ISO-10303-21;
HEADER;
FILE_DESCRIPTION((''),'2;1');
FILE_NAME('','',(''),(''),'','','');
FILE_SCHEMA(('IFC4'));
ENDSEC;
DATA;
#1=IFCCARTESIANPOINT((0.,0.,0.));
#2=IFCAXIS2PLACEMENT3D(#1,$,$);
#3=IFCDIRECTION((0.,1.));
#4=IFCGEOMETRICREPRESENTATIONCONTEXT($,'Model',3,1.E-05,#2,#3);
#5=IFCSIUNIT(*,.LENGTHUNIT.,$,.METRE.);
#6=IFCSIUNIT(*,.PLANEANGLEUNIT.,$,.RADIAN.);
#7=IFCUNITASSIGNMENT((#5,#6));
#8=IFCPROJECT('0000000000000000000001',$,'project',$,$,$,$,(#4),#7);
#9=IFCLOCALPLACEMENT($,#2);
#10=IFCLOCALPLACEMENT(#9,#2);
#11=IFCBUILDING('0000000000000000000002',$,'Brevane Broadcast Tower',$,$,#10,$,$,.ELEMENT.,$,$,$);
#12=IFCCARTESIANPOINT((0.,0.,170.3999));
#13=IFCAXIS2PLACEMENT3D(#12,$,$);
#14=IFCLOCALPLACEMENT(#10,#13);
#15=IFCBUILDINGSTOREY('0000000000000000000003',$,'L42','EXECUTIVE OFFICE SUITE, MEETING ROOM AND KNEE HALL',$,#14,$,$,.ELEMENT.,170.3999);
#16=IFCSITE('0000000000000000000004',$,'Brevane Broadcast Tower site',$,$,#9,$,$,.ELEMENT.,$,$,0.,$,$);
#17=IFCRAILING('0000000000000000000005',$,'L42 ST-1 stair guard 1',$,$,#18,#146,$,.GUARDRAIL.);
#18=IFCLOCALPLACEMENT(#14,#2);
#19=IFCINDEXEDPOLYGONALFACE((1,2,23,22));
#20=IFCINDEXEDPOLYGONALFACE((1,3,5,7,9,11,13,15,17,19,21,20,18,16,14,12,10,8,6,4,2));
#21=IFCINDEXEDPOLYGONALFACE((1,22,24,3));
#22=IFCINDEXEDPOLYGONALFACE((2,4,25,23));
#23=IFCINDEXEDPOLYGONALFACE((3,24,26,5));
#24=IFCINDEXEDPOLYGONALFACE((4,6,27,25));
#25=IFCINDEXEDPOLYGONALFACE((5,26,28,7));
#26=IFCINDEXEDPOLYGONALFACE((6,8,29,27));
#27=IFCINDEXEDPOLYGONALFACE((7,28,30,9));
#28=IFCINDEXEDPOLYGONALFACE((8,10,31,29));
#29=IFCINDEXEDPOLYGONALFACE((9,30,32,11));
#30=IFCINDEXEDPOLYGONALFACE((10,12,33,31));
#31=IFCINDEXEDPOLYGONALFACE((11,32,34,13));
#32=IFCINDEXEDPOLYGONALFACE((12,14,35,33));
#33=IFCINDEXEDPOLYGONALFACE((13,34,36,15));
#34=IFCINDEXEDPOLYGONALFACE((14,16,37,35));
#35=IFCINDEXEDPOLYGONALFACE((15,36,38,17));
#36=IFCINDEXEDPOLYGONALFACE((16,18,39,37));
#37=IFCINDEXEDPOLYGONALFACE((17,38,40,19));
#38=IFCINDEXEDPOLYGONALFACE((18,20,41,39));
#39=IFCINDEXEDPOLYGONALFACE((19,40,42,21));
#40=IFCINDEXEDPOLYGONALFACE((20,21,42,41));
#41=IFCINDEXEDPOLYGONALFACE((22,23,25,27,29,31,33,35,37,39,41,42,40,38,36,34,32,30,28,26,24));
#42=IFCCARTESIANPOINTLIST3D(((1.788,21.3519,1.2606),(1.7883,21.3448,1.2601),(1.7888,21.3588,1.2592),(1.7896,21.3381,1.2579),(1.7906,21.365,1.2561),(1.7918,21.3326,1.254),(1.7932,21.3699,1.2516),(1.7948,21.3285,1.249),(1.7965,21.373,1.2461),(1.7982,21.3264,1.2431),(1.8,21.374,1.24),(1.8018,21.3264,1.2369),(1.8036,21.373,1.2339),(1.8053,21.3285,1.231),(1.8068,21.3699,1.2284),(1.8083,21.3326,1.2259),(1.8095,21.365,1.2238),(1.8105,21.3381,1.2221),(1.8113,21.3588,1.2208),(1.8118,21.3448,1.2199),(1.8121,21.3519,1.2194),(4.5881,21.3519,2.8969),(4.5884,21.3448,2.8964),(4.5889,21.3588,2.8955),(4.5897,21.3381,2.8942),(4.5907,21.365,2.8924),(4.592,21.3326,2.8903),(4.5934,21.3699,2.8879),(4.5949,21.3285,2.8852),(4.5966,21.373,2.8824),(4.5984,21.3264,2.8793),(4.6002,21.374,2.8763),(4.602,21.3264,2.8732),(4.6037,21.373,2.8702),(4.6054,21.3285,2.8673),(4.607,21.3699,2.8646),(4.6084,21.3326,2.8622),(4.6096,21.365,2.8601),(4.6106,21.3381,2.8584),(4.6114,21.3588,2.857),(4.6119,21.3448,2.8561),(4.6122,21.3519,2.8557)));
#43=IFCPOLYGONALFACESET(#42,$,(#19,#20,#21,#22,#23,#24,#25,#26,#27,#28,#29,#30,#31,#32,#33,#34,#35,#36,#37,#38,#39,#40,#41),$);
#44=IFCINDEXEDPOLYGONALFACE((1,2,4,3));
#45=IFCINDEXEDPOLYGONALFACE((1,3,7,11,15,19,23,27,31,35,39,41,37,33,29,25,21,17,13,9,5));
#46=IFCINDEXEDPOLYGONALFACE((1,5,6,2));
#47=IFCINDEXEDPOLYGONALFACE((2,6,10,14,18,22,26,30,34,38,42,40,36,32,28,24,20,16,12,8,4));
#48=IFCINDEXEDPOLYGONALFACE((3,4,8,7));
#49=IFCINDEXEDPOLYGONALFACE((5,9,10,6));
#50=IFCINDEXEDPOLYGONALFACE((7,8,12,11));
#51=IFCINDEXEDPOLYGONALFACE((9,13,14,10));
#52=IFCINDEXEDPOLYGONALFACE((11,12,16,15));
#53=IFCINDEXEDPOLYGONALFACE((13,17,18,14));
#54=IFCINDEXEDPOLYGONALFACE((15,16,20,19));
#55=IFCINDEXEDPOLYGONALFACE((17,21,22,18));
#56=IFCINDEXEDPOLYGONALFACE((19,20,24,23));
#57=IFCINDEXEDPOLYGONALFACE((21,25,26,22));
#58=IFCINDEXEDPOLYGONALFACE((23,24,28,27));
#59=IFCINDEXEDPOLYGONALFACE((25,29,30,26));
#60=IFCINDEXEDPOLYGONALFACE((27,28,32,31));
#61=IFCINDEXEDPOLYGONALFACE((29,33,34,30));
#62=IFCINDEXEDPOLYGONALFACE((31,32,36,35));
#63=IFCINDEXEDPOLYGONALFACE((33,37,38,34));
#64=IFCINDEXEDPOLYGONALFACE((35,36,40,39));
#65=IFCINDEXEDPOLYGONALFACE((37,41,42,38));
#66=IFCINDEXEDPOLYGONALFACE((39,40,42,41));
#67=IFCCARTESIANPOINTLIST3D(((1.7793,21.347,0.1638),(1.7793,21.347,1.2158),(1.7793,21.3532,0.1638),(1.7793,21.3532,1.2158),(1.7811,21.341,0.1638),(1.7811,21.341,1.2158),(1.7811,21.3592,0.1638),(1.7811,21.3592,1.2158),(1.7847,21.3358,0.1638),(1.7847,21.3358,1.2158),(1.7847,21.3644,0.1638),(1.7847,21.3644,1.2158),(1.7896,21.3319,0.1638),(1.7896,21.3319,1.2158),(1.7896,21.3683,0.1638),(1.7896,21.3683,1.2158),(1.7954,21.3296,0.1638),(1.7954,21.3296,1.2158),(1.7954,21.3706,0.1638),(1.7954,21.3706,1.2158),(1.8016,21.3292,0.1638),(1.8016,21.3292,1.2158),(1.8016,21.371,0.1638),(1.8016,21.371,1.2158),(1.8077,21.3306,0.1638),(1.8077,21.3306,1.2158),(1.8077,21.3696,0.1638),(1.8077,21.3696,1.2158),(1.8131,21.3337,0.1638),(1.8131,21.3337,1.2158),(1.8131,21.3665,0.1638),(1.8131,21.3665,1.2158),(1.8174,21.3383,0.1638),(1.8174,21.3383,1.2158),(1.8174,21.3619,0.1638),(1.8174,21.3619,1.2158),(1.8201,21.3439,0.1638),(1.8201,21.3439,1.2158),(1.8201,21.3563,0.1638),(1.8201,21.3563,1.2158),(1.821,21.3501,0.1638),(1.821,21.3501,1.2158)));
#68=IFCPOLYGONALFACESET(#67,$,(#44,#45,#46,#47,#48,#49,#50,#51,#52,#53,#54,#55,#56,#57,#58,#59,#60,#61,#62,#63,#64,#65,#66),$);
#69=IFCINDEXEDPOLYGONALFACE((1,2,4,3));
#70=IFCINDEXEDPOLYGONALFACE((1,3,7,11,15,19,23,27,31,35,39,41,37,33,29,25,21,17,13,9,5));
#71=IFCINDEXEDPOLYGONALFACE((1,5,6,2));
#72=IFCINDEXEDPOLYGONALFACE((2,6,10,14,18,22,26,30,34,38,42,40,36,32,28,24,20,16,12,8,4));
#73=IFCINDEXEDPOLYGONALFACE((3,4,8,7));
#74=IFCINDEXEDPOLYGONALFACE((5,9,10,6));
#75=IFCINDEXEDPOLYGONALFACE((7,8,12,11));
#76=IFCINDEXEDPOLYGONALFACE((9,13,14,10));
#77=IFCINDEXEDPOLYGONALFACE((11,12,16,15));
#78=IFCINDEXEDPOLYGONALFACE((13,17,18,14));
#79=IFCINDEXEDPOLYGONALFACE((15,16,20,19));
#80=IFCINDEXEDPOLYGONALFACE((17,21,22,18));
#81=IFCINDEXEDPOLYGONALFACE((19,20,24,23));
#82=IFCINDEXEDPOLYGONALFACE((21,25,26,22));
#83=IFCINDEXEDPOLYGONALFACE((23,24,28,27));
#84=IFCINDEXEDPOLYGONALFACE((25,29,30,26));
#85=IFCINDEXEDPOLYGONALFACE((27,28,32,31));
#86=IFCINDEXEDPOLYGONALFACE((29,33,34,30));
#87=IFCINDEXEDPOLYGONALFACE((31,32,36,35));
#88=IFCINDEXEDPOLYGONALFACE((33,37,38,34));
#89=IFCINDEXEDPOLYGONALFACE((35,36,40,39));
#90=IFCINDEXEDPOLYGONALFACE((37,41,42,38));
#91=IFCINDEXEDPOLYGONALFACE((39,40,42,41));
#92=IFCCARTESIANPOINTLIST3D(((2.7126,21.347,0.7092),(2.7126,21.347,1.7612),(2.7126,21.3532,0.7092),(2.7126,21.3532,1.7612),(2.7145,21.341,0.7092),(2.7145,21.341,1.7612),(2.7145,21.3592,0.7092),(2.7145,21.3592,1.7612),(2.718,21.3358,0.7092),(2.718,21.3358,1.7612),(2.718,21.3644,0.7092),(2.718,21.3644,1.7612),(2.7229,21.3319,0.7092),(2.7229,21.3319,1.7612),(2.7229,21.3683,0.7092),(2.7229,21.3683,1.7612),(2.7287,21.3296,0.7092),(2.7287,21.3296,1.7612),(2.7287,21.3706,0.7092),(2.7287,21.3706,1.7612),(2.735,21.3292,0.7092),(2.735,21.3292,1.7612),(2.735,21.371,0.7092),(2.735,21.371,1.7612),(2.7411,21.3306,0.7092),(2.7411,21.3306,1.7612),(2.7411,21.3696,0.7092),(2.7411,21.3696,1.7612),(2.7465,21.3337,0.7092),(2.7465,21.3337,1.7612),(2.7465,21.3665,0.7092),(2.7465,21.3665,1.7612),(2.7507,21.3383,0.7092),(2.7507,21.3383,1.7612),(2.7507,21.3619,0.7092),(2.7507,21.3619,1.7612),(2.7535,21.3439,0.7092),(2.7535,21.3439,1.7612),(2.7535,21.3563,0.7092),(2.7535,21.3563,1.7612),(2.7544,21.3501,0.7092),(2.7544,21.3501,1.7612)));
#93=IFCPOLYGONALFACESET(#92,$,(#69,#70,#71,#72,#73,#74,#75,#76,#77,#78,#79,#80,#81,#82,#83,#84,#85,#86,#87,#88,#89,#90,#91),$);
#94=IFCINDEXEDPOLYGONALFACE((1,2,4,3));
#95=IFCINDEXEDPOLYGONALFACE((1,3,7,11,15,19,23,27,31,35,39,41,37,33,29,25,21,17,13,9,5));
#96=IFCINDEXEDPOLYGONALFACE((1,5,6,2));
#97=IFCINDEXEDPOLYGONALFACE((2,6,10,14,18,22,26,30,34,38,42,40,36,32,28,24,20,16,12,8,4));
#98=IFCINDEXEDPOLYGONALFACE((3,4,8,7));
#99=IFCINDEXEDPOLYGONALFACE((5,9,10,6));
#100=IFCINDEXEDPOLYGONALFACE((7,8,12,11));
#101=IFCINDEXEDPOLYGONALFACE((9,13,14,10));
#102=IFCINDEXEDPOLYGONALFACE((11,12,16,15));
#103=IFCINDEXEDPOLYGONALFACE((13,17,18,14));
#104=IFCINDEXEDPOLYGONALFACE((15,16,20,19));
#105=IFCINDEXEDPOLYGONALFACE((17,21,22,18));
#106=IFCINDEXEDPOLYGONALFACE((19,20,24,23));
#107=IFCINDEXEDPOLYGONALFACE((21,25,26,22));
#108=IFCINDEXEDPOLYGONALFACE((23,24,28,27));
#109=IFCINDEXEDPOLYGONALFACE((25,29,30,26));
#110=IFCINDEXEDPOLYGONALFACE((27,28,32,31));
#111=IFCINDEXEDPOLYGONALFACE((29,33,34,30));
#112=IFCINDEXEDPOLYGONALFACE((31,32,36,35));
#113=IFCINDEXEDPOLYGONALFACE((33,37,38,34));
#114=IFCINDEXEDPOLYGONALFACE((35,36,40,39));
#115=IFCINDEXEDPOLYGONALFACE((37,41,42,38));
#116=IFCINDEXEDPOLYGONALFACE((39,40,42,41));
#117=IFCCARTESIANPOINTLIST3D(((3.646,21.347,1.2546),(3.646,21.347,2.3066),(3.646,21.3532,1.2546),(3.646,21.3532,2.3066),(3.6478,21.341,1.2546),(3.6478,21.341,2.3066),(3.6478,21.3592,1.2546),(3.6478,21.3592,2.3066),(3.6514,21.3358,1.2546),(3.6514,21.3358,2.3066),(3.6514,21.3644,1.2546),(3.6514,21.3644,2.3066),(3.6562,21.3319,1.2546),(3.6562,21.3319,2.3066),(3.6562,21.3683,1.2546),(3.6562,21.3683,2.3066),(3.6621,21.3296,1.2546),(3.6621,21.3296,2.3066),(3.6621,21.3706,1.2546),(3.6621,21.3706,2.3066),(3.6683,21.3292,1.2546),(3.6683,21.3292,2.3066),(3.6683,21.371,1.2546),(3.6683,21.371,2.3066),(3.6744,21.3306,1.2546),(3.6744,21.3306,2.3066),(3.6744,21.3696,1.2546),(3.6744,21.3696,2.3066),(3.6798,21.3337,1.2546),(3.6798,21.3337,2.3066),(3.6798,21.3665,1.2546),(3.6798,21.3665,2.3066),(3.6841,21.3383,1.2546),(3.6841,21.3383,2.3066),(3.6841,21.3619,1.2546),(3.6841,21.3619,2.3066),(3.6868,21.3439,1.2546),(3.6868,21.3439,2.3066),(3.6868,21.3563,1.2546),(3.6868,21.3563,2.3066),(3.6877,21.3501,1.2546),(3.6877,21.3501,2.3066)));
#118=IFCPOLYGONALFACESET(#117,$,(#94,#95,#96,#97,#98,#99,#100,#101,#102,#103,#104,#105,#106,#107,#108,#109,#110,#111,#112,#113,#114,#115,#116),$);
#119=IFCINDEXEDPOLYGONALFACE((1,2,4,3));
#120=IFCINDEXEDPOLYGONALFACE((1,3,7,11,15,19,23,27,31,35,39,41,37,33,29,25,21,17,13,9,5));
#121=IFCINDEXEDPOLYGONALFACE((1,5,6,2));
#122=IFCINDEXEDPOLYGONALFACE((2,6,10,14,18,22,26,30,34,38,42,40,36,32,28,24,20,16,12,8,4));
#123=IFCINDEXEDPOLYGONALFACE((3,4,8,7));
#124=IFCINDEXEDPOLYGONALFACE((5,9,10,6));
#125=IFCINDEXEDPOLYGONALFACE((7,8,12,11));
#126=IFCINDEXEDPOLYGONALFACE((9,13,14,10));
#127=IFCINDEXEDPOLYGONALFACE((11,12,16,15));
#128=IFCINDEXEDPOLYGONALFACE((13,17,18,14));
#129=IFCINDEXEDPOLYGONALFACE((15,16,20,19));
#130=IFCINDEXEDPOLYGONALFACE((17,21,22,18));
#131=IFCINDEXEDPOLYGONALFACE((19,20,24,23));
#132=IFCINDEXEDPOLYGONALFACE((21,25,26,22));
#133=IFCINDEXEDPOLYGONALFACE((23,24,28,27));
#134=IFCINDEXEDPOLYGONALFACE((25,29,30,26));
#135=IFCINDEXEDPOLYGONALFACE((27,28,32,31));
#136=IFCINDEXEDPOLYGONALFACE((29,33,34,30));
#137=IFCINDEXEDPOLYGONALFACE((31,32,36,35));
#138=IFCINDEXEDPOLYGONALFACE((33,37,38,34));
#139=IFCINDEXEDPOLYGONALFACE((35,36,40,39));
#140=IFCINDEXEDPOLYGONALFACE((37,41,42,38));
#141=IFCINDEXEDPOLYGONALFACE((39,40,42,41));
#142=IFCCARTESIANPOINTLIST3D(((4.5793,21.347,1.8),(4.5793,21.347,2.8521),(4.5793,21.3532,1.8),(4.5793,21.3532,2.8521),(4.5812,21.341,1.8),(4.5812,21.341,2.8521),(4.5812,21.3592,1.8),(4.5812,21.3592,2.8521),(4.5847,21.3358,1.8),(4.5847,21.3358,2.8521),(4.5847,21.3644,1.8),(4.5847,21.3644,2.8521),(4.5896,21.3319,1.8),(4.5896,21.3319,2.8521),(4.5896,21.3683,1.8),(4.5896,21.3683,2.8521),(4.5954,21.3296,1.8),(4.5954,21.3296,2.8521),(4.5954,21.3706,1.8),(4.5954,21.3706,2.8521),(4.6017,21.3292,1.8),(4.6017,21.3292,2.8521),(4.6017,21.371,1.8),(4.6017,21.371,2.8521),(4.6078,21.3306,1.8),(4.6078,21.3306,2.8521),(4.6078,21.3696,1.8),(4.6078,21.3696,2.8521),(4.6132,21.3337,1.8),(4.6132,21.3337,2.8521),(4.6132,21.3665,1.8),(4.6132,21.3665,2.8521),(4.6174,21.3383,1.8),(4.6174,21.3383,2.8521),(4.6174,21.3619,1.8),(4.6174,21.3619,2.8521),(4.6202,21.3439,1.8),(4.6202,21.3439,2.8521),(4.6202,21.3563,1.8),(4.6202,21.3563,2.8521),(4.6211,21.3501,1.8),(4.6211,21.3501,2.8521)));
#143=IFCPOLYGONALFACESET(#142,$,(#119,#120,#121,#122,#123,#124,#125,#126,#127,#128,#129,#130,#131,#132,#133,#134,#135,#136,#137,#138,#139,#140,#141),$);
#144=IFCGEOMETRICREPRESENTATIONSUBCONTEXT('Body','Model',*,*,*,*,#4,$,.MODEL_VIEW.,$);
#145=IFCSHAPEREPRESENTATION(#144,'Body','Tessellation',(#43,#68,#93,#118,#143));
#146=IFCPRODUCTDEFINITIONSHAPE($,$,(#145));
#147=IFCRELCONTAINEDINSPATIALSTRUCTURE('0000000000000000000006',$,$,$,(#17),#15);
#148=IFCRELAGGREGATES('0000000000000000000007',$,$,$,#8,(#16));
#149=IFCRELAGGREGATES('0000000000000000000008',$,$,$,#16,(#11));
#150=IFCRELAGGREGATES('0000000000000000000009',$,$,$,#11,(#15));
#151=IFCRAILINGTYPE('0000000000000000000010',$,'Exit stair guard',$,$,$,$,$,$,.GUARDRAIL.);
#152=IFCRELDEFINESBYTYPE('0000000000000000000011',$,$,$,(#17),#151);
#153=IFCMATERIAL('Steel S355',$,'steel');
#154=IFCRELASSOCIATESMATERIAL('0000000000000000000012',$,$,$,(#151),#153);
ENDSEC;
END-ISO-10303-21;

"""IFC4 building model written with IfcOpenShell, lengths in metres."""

from ifc_helpers import new_model, si_unit, direction, frame, origin, origin_2d, place, context, subcontext, project, spatial, circle, extrude, material, type_object, element, save


model = new_model("IFC4")

# Units and contexts
model_context = context("Model", 3, precision=1e-05, world=origin(), true_north=direction((0.0, 1.0)))
body_context = subcontext(model_context, "Body", "Model", "MODEL_VIEW")
ifc_project = project(units=[si_unit("LENGTHUNIT", "METRE"), si_unit("PLANEANGLEUNIT", "RADIAN")], contexts=[model_context])

# Site, building, storey
site_placement = place(None, origin())
site = spatial("IfcSite", under=ifc_project, at=site_placement, Name="Brevane Broadcast Tower site", CompositionType="ELEMENT", RefElevation=0.0)
building_placement = place(site_placement, origin())
building = spatial("IfcBuilding", under=site, at=building_placement, Name="Brevane Broadcast Tower", CompositionType="ELEMENT")
storey_placement = place(building_placement, frame((0.0, 0.0, 170.3999)))
storey = spatial("IfcBuildingStorey", under=building, at=storey_placement, Name="L42", Description="EXECUTIVE OFFICE SUITE, MEETING ROOM AND KNEE HALL", CompositionType="ELEMENT", Elevation=170.3999)

# Railing
ifc_material_1 = material(Name="Steel S355", Category="steel")
railing_type_1 = type_object("IfcRailingType", Name="Exit stair guard", PredefinedType="GUARDRAIL", material=ifc_material_1)
railing_1_placement = place(storey_placement, frame((1.8, 21.3501, 0.1638)))
element("IfcRailing", 1, at=railing_1_placement, inside=storey, type_object=railing_type_1, Name="L42 ST-1 stair guard 1", PredefinedType="GUARDRAIL", context=body_context, shape_type="SweptSolid", body=[
    extrude(circle(Radius=0.0239, at=origin_2d()), frame((0.0, 0.0, 1.0762), z_axis=(0.863394, 0.0, 0.504531), x_axis=(0.0, 1.0, 0.0)), (0.0, 0.0, 1.0), 3.2432),
    extrude(circle(Radius=0.021, at=origin_2d()), origin(), (0.0, 0.0, 1.0), 1.052),
    extrude(circle(Radius=0.021, at=origin_2d()), frame((0.9333, 0.0, 0.5454)), (0.0, 0.0, 1.0), 1.052),
    extrude(circle(Radius=0.021, at=origin_2d()), frame((1.8667, 0.0, 1.0908)), (0.0, 0.0, 1.0), 1.052),
    extrude(circle(Radius=0.021, at=origin_2d()), frame((2.8, 0.0, 1.6362)), (0.0, 0.0, 1.0), 1.052),
])

save(model, "model.ifc")
